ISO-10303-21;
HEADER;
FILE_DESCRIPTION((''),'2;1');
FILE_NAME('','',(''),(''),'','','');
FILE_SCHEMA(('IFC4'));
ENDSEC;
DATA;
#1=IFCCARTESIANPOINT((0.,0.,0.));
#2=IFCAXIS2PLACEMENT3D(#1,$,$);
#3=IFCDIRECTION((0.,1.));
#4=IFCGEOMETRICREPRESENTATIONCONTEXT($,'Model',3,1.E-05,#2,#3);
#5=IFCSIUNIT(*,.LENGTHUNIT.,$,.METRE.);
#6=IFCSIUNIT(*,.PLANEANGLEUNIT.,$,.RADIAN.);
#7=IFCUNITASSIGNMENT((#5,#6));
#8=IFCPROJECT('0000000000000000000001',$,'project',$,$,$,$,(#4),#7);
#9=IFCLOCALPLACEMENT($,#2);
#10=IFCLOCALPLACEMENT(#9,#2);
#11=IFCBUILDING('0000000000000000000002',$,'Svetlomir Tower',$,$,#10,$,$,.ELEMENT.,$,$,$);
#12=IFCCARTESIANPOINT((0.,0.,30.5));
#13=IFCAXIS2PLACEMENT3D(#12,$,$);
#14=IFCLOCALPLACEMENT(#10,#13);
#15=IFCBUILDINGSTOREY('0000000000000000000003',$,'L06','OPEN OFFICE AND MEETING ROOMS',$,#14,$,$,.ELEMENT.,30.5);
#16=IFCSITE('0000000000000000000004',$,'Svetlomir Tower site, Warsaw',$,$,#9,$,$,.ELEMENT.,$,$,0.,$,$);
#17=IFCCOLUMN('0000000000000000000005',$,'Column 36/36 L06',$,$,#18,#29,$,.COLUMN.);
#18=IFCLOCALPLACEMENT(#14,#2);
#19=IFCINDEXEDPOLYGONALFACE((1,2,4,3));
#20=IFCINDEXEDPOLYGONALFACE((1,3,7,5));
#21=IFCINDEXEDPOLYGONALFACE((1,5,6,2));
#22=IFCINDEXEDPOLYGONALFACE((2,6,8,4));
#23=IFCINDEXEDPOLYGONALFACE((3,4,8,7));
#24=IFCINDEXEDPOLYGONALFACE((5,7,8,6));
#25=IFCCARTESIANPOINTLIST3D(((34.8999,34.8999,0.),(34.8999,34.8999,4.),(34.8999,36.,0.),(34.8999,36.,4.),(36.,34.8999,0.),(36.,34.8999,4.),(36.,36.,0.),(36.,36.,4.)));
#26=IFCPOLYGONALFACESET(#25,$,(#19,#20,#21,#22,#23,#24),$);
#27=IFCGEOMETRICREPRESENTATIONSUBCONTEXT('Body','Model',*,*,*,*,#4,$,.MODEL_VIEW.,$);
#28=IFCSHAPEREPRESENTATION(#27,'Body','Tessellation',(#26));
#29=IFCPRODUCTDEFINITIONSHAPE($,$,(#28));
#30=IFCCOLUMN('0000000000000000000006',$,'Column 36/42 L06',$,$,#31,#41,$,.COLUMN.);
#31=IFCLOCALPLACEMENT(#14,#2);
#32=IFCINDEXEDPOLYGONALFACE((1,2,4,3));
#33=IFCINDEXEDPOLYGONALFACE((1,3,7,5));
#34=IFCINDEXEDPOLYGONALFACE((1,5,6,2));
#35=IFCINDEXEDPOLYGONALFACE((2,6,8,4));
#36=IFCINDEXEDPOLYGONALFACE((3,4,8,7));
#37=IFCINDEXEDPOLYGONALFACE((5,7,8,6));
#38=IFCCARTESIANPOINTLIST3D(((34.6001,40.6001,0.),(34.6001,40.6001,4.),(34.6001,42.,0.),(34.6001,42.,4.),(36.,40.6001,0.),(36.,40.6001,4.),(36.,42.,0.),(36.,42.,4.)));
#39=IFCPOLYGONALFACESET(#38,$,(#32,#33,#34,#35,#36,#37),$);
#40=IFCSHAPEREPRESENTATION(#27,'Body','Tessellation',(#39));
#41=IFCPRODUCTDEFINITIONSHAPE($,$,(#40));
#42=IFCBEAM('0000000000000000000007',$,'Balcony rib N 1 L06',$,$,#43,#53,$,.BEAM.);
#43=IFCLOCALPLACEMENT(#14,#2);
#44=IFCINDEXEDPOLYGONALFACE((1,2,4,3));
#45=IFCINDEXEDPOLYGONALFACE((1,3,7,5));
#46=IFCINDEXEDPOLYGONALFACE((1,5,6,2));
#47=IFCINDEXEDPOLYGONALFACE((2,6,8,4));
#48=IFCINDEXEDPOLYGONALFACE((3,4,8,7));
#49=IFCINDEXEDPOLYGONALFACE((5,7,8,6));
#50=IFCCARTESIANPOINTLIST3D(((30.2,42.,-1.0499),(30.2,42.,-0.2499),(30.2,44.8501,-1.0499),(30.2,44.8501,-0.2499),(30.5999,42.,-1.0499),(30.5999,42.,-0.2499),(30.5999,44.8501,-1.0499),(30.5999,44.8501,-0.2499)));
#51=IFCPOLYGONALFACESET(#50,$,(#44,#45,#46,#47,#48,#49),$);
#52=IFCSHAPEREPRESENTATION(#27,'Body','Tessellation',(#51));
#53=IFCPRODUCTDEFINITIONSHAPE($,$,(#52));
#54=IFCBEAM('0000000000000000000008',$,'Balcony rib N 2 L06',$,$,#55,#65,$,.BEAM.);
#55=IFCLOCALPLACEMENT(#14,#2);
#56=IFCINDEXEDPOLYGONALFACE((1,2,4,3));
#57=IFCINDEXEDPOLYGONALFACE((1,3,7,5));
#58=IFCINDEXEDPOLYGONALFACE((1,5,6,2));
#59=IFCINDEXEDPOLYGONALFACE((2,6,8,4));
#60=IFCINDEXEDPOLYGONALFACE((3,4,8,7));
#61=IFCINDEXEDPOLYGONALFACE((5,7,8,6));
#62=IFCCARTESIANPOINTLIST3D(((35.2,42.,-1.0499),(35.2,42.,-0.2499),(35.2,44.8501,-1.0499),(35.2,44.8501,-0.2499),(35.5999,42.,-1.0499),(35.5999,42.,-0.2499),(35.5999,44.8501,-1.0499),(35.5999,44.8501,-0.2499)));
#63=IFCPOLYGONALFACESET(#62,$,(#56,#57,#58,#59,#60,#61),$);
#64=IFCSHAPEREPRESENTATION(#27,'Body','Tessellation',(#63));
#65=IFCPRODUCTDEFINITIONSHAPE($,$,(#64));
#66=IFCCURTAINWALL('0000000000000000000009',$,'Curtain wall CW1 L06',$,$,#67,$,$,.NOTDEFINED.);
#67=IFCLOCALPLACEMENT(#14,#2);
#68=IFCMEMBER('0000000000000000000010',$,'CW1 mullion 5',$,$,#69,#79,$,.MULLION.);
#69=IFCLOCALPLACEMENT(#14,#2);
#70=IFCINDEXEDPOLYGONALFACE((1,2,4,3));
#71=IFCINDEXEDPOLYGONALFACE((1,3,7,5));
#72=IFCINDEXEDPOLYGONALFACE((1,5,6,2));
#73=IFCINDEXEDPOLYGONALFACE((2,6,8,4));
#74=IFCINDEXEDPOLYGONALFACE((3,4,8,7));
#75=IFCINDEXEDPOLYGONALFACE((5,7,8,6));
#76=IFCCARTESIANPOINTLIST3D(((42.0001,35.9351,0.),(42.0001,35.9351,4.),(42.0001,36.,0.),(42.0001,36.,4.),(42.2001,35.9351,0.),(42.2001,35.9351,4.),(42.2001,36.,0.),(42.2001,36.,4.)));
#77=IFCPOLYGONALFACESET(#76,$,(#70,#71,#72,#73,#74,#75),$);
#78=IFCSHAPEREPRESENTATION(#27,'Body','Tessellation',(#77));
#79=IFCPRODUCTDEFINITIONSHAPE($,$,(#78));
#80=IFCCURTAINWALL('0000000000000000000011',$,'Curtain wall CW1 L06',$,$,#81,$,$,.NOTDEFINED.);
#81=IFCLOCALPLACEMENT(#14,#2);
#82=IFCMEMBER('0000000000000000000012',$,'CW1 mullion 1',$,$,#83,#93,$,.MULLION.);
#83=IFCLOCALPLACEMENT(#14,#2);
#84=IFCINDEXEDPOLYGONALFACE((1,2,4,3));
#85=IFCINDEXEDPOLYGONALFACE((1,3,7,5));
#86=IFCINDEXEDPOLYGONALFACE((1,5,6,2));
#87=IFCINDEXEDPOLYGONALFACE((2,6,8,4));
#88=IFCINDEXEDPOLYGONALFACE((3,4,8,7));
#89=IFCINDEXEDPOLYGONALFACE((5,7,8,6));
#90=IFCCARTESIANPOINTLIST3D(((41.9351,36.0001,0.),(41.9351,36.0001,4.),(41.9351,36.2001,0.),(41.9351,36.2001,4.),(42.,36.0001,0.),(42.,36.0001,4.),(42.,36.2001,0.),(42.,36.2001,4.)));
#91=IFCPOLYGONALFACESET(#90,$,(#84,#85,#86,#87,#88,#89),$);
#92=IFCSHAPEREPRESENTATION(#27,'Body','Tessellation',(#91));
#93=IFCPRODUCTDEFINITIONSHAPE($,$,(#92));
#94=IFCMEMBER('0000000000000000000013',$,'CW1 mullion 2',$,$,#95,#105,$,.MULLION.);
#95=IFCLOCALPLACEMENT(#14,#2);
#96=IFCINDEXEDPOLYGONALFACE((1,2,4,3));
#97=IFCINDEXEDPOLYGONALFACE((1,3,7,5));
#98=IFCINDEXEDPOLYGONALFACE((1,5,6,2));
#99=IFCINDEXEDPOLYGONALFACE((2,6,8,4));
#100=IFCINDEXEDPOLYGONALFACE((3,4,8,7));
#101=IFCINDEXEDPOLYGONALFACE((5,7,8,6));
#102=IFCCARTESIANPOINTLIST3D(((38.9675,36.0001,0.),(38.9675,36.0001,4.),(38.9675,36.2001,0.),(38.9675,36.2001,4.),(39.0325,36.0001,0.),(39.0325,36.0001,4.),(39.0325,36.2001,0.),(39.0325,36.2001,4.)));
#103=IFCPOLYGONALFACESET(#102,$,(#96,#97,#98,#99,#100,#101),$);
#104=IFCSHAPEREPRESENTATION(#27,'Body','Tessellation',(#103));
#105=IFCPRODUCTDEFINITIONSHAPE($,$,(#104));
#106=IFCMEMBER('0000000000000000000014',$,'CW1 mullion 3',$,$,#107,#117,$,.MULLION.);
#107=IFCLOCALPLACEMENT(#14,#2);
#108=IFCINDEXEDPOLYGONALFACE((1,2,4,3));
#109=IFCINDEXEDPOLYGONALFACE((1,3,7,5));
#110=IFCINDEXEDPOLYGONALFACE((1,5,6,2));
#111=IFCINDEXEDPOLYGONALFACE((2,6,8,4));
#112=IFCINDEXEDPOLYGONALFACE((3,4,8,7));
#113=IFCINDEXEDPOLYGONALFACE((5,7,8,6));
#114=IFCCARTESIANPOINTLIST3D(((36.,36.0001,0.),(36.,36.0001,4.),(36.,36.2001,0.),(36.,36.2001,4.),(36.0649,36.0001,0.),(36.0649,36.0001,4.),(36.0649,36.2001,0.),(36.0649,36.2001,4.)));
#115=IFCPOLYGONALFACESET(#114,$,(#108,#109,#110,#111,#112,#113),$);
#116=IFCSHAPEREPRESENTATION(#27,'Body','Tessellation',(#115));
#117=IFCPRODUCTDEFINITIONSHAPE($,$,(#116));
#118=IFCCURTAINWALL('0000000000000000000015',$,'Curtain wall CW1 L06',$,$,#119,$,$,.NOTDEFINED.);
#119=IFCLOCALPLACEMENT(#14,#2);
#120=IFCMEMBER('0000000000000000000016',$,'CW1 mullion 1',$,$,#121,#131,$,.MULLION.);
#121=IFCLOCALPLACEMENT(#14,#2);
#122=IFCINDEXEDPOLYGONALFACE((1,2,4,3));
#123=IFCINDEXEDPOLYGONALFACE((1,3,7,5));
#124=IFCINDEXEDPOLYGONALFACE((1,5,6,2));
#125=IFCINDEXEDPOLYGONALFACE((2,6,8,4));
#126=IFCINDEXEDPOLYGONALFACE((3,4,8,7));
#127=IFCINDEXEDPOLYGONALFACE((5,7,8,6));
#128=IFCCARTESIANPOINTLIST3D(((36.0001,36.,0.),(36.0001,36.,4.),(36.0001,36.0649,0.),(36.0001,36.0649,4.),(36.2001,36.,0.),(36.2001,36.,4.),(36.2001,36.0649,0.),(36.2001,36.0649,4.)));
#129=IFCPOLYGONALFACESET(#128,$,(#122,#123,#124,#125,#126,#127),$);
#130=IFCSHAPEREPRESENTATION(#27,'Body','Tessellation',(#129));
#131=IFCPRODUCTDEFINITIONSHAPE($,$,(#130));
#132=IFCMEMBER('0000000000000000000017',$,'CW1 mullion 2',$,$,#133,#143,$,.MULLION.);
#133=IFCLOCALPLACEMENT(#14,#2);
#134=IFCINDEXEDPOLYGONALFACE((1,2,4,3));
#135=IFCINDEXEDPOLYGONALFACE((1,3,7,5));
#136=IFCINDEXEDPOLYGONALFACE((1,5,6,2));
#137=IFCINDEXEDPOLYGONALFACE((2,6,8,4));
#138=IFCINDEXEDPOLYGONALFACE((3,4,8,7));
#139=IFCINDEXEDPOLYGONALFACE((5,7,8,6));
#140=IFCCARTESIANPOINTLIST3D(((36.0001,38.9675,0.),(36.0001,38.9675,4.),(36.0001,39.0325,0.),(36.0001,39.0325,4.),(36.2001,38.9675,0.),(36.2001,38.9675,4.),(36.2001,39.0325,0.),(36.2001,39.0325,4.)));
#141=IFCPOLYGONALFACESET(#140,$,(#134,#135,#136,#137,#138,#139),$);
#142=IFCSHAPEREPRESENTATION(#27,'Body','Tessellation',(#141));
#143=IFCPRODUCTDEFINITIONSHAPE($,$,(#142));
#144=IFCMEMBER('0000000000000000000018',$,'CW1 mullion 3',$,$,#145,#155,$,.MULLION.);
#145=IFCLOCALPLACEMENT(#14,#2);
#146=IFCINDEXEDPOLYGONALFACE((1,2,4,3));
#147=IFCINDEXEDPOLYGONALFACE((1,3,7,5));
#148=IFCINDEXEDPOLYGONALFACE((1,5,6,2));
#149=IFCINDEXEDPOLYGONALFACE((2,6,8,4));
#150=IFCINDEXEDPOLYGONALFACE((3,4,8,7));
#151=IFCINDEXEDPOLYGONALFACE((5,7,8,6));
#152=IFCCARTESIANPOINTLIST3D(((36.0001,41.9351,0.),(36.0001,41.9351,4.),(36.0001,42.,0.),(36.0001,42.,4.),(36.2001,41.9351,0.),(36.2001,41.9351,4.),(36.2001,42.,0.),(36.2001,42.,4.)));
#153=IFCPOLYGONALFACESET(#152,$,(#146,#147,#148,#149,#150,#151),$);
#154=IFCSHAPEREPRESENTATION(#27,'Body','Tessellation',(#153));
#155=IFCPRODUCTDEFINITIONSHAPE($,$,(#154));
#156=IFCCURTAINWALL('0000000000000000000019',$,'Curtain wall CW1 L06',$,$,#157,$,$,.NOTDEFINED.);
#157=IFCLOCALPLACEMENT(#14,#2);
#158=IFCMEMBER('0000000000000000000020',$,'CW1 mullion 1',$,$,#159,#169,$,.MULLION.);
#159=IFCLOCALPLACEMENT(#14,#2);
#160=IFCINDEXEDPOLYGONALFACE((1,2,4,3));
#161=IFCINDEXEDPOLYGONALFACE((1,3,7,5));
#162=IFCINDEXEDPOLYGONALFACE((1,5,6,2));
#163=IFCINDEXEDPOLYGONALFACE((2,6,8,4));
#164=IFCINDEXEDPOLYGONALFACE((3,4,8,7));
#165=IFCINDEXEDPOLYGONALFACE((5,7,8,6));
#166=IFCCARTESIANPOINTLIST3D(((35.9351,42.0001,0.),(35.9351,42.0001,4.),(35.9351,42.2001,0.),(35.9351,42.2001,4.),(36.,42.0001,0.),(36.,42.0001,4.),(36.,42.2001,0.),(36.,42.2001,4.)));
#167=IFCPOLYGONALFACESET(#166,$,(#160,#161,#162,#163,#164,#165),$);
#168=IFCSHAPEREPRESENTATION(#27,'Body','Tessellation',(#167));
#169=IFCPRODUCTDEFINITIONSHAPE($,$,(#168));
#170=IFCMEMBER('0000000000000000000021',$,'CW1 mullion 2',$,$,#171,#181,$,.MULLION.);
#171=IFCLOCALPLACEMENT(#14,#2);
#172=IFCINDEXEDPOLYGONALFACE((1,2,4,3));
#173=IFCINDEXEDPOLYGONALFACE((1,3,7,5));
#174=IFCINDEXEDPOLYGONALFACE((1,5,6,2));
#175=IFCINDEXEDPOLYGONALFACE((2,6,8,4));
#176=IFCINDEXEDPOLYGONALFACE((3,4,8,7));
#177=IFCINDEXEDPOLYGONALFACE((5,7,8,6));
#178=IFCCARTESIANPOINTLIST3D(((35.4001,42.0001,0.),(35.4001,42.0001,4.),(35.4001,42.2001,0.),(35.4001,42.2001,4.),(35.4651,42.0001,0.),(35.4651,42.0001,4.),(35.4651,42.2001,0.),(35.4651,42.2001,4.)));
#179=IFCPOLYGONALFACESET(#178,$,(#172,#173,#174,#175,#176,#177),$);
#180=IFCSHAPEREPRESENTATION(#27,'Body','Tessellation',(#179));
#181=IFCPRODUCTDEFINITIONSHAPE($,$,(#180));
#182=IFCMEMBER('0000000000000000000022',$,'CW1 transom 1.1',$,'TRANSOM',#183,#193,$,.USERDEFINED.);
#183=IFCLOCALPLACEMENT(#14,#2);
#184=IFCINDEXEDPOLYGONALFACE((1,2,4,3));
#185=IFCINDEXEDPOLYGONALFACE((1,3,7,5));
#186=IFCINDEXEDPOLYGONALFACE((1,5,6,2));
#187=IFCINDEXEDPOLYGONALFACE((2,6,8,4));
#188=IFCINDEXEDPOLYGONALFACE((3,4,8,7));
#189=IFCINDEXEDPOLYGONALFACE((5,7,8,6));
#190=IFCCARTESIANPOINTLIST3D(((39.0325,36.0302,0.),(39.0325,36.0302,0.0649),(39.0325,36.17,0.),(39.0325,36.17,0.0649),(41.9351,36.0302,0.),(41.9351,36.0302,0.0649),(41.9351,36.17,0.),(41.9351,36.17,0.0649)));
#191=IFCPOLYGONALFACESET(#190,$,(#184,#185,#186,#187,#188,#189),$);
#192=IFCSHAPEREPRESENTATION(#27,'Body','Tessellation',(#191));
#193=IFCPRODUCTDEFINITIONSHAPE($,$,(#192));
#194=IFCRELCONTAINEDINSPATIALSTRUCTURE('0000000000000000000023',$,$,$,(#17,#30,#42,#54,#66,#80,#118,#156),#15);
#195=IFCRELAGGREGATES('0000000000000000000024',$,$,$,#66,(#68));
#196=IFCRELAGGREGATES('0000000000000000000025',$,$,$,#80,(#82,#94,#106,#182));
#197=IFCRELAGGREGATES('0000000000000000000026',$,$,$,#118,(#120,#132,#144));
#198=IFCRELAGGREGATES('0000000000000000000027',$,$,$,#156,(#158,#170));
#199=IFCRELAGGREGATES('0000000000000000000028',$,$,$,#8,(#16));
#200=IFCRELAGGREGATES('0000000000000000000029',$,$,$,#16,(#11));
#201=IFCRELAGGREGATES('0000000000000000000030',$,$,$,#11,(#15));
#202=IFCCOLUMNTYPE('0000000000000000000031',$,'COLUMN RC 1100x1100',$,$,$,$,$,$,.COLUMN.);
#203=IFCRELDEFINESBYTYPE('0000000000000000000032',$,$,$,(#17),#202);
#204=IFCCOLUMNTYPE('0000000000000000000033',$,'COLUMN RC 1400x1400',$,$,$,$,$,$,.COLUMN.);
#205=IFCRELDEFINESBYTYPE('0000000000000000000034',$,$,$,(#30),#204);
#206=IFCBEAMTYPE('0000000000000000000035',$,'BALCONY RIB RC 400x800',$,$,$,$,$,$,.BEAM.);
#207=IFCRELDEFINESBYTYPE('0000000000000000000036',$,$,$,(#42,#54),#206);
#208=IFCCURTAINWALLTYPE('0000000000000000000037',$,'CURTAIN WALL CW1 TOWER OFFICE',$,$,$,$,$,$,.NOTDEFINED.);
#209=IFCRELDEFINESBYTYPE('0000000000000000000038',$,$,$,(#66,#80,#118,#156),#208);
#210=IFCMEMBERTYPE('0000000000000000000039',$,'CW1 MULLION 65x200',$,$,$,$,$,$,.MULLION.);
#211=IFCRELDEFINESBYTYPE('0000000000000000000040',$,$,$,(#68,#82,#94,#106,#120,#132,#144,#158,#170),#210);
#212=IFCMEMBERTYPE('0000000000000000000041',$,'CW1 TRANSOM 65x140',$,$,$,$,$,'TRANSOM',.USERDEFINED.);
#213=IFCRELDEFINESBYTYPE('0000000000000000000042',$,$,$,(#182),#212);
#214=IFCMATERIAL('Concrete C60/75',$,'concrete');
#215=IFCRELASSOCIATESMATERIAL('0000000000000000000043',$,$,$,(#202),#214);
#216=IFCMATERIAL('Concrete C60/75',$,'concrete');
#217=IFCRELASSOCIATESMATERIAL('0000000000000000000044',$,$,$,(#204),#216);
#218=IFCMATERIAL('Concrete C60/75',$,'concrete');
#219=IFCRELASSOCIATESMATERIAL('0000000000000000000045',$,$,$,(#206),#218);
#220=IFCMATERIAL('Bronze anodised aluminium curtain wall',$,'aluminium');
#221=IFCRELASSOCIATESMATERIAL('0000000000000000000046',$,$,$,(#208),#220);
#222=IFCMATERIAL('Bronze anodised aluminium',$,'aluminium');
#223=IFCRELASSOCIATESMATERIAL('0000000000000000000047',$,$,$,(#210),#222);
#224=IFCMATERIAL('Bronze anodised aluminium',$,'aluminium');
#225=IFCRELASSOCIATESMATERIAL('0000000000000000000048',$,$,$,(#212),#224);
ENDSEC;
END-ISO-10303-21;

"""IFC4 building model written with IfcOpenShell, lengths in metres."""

from ifc_helpers import new_model, si_unit, direction, frame, origin, origin_2d, place, context, subcontext, project, spatial, rectangle, extrude, material, material_profile, profile_set, type_object, element, aggregate, save


model = new_model("IFC4")

# Units and contexts
model_context = context("Model", 3, precision=1e-05, world=origin(), true_north=direction((0.0, 1.0)))
body_context = subcontext(model_context, "Body", "Model", "MODEL_VIEW")
ifc_project = project(units=[si_unit("LENGTHUNIT", "METRE"), si_unit("PLANEANGLEUNIT", "RADIAN")], contexts=[model_context])

# Site, building, storey
site_placement = place(None, origin())
site = spatial("IfcSite", under=ifc_project, at=site_placement, Name="Svetlomir Tower site, Warsaw", CompositionType="ELEMENT", RefElevation=0.0)
building_placement = place(site_placement, origin())
building = spatial("IfcBuilding", under=site, at=building_placement, Name="Svetlomir Tower", CompositionType="ELEMENT")
storey_placement = place(building_placement, frame((0.0, 0.0, 30.5)))
storey = spatial("IfcBuildingStorey", under=building, at=storey_placement, Name="L06", Description="OPEN OFFICE AND MEETING ROOMS", CompositionType="ELEMENT", Elevation=30.5)

# Columns
ifc_material_1 = material(Name="Concrete C60/75", Category="concrete")
ifc_material_profile_1 = material_profile(ifc_material_1, rectangle(XDim=1.1001, YDim=1.1001, at=origin_2d()), Name="RC 1100x1100")
ifc_profile_set_1 = profile_set([ifc_material_profile_1], Name="Concrete C60/75")
column_type_1 = type_object("IfcColumnType", Name="COLUMN RC 1100x1100", PredefinedType="COLUMN", material=ifc_profile_set_1)
column_1_placement = place(storey_placement, frame((35.45, 35.45, 0.0), z_axis=(0.0, 0.0, 1.0), x_axis=(1.0, 0.0, 0.0)))
element("IfcColumn", 1, at=column_1_placement, inside=storey, type_object=column_type_1, Name="Column 36/36 L06", PredefinedType="COLUMN", context=body_context, shape_type="SweptSolid", body=[
    extrude(rectangle(XDim=1.1001, YDim=1.1001, at=origin_2d()), origin(), (0.0, 0.0, 1.0), 4.0),
])
ifc_material_2 = material(Name="Concrete C60/75", Category="concrete")
ifc_material_profile_2 = material_profile(ifc_material_2, rectangle(XDim=1.3999, YDim=1.3999, at=origin_2d()), Name="RC 1400x1400")
ifc_profile_set_2 = profile_set([ifc_material_profile_2], Name="Concrete C60/75")
column_type_2 = type_object("IfcColumnType", Name="COLUMN RC 1400x1400", PredefinedType="COLUMN", material=ifc_profile_set_2)
column_2_placement = place(storey_placement, frame((35.3, 41.3, 0.0), z_axis=(0.0, 0.0, 1.0), x_axis=(1.0, 0.0, 0.0)))
element("IfcColumn", 2, at=column_2_placement, inside=storey, type_object=column_type_2, Name="Column 36/42 L06", PredefinedType="COLUMN", context=body_context, shape_type="SweptSolid", body=[
    extrude(rectangle(XDim=1.3999, YDim=1.3999, at=origin_2d()), origin(), (0.0, 0.0, 1.0), 4.0),
])

# Beams
ifc_material_3 = material(Name="Concrete C60/75", Category="concrete")
ifc_material_profile_3 = material_profile(ifc_material_3, rectangle(XDim=0.3999, YDim=0.8, at=origin_2d()), Name="RC 400x800")
ifc_profile_set_3 = profile_set([ifc_material_profile_3], Name="Concrete C60/75")
beam_type_1 = type_object("IfcBeamType", Name="BALCONY RIB RC 400x800", PredefinedType="BEAM", material=ifc_profile_set_3)
for number, where, z_axis, x_axis, name in (
    (3, (30.3999, 42.0, -0.6499), (0.0, 1.0, 0.0), (-1.0, 0.0, 0.0), "Balcony rib N 1 L06"),
    (4, (35.3999, 42.0, -0.6499), (0.0, 1.0, 0.0), (-1.0, 0.0, 0.0), "Balcony rib N 2 L06"),
):
    element("IfcBeam", number, at=place(storey_placement, frame(where, z_axis=z_axis, x_axis=x_axis)), inside=storey, type_object=beam_type_1, Name=name, PredefinedType="BEAM", context=body_context, shape_type="SweptSolid", body=[
        extrude(rectangle(XDim=0.3999, YDim=0.8, at=origin_2d()), origin(), (0.0, 0.0, 1.0), 2.8501),
    ])

# Curtain wall, member
ifc_material_4 = material(Name="Bronze anodised aluminium curtain wall", Category="aluminium")
curtain_wall_type = type_object("IfcCurtainWallType", Name="CURTAIN WALL CW1 TOWER OFFICE", PredefinedType="NOTDEFINED", material=ifc_material_4)
curtain_wall_1_placement = place(storey_placement, origin())
curtain_wall_1 = element("IfcCurtainWall", 5, at=curtain_wall_1_placement, inside=storey, type_object=curtain_wall_type, Name="Curtain wall CW1 L06", PredefinedType="NOTDEFINED")
ifc_material_5 = material(Name="Bronze anodised aluminium", Category="aluminium")
ifc_material_profile_4 = material_profile(ifc_material_5, rectangle(XDim=0.0649, YDim=0.2, at=origin_2d()), Name="AL 65x200")
ifc_profile_set_4 = profile_set([ifc_material_profile_4], Name="Bronze anodised aluminium 6063-T6")
member_type_1 = type_object("IfcMemberType", Name="CW1 MULLION 65x200", PredefinedType="MULLION", material=ifc_profile_set_4)
member_1_placement = place(storey_placement, frame((42.1001, 35.9675, 0.0), z_axis=(0.0, 0.0, 1.0), x_axis=(0.0, 1.0, 0.0)))
member_1 = element("IfcMember", 6, at=member_1_placement, type_object=member_type_1, Name="CW1 mullion 5", PredefinedType="MULLION", context=body_context, shape_type="SweptSolid", body=[
    extrude(rectangle(XDim=0.0649, YDim=0.2, at=origin_2d()), origin(), (0.0, 0.0, 1.0), 4.0),
])
aggregate(curtain_wall_1, [member_1])

# Curtain walls, members
curtain_wall_2_placement = place(storey_placement, origin())
curtain_wall_2 = element("IfcCurtainWall", 7, at=curtain_wall_2_placement, inside=storey, type_object=curtain_wall_type, Name="Curtain wall CW1 L06", PredefinedType="NOTDEFINED")
member_2_placement = place(storey_placement, frame((41.9675, 36.1001, 0.0), z_axis=(0.0, 0.0, 1.0), x_axis=(-1.0, 0.0, 0.0)))
member_2 = element("IfcMember", 8, at=member_2_placement, type_object=member_type_1, Name="CW1 mullion 1", PredefinedType="MULLION", context=body_context, shape_type="SweptSolid", body=[
    extrude(rectangle(XDim=0.0649, YDim=0.2, at=origin_2d()), origin(), (0.0, 0.0, 1.0), 4.0),
])
member_3_placement = place(storey_placement, frame((39.0, 36.1001, 0.0), z_axis=(0.0, 0.0, 1.0), x_axis=(-1.0, 0.0, 0.0)))
member_3 = element("IfcMember", 9, at=member_3_placement, type_object=member_type_1, Name="CW1 mullion 2", PredefinedType="MULLION", context=body_context, shape_type="SweptSolid", body=[
    extrude(rectangle(XDim=0.0649, YDim=0.2, at=origin_2d()), origin(), (0.0, 0.0, 1.0), 4.0),
])
member_4_placement = place(storey_placement, frame((36.0325, 36.1001, 0.0), z_axis=(0.0, 0.0, 1.0), x_axis=(-1.0, 0.0, 0.0)))
member_4 = element("IfcMember", 10, at=member_4_placement, type_object=member_type_1, Name="CW1 mullion 3", PredefinedType="MULLION", context=body_context, shape_type="SweptSolid", body=[
    extrude(rectangle(XDim=0.0649, YDim=0.2, at=origin_2d()), origin(), (0.0, 0.0, 1.0), 4.0),
])
curtain_wall_3_placement = place(storey_placement, origin())
curtain_wall_3 = element("IfcCurtainWall", 11, at=curtain_wall_3_placement, inside=storey, type_object=curtain_wall_type, Name="Curtain wall CW1 L06", PredefinedType="NOTDEFINED")
member_5_placement = place(storey_placement, frame((36.1001, 36.0325, 0.0), z_axis=(0.0, 0.0, 1.0), x_axis=(0.0, 1.0, 0.0)))
member_5 = element("IfcMember", 12, at=member_5_placement, type_object=member_type_1, Name="CW1 mullion 1", PredefinedType="MULLION", context=body_context, shape_type="SweptSolid", body=[
    extrude(rectangle(XDim=0.0649, YDim=0.2, at=origin_2d()), origin(), (0.0, 0.0, 1.0), 4.0),
])
member_6_placement = place(storey_placement, frame((36.1001, 39.0, 0.0), z_axis=(0.0, 0.0, 1.0), x_axis=(0.0, 1.0, 0.0)))
member_6 = element("IfcMember", 13, at=member_6_placement, type_object=member_type_1, Name="CW1 mullion 2", PredefinedType="MULLION", context=body_context, shape_type="SweptSolid", body=[
    extrude(rectangle(XDim=0.0649, YDim=0.2, at=origin_2d()), origin(), (0.0, 0.0, 1.0), 4.0),
])
member_7_placement = place(storey_placement, frame((36.1001, 41.9675, 0.0), z_axis=(0.0, 0.0, 1.0), x_axis=(0.0, 1.0, 0.0)))
member_7 = element("IfcMember", 14, at=member_7_placement, type_object=member_type_1, Name="CW1 mullion 3", PredefinedType="MULLION", context=body_context, shape_type="SweptSolid", body=[
    extrude(rectangle(XDim=0.0649, YDim=0.2, at=origin_2d()), origin(), (0.0, 0.0, 1.0), 4.0),
])
curtain_wall_4_placement = place(storey_placement, origin())
curtain_wall_4 = element("IfcCurtainWall", 15, at=curtain_wall_4_placement, inside=storey, type_object=curtain_wall_type, Name="Curtain wall CW1 L06", PredefinedType="NOTDEFINED")
member_8_placement = place(storey_placement, frame((35.9675, 42.1001, 0.0), z_axis=(0.0, 0.0, 1.0), x_axis=(-1.0, 0.0, 0.0)))
member_8 = element("IfcMember", 16, at=member_8_placement, type_object=member_type_1, Name="CW1 mullion 1", PredefinedType="MULLION", context=body_context, shape_type="SweptSolid", body=[
    extrude(rectangle(XDim=0.0649, YDim=0.2, at=origin_2d()), origin(), (0.0, 0.0, 1.0), 4.0),
])
member_9_placement = place(storey_placement, frame((35.4326, 42.1001, 0.0), z_axis=(0.0, 0.0, 1.0), x_axis=(-1.0, 0.0, 0.0)))
member_9 = element("IfcMember", 17, at=member_9_placement, type_object=member_type_1, Name="CW1 mullion 2", PredefinedType="MULLION", context=body_context, shape_type="SweptSolid", body=[
    extrude(rectangle(XDim=0.0649, YDim=0.2, at=origin_2d()), origin(), (0.0, 0.0, 1.0), 4.0),
])

# Member
ifc_material_6 = material(Name="Bronze anodised aluminium", Category="aluminium")
ifc_material_profile_5 = material_profile(ifc_material_6, rectangle(XDim=0.1399, YDim=0.0649, at=origin_2d()), Name="AL 140x65")
ifc_profile_set_5 = profile_set([ifc_material_profile_5], Name="Bronze anodised aluminium 6063-T6")
member_type_2 = type_object("IfcMemberType", Name="CW1 TRANSOM 65x140", ElementType="TRANSOM", PredefinedType="USERDEFINED", material=ifc_profile_set_5)
member_10_placement = place(storey_placement, frame((41.9351, 36.1001, 0.0325), z_axis=(-1.0, 0.0, 0.0), x_axis=(0.0, -1.0, 0.0)))
member_10 = element("IfcMember", 18, at=member_10_placement, type_object=member_type_2, Name="CW1 transom 1.1", ObjectType="TRANSOM", PredefinedType="USERDEFINED", context=body_context, shape_type="SweptSolid", body=[
    extrude(rectangle(XDim=0.1399, YDim=0.0649, at=origin_2d()), origin(), (0.0, 0.0, 1.0), 2.9026),
])

aggregate(curtain_wall_2, [member_2, member_3, member_4, member_10])
aggregate(curtain_wall_3, [member_5, member_6, member_7])
aggregate(curtain_wall_4, [member_8, member_9])

save(model, "model.ifc")
